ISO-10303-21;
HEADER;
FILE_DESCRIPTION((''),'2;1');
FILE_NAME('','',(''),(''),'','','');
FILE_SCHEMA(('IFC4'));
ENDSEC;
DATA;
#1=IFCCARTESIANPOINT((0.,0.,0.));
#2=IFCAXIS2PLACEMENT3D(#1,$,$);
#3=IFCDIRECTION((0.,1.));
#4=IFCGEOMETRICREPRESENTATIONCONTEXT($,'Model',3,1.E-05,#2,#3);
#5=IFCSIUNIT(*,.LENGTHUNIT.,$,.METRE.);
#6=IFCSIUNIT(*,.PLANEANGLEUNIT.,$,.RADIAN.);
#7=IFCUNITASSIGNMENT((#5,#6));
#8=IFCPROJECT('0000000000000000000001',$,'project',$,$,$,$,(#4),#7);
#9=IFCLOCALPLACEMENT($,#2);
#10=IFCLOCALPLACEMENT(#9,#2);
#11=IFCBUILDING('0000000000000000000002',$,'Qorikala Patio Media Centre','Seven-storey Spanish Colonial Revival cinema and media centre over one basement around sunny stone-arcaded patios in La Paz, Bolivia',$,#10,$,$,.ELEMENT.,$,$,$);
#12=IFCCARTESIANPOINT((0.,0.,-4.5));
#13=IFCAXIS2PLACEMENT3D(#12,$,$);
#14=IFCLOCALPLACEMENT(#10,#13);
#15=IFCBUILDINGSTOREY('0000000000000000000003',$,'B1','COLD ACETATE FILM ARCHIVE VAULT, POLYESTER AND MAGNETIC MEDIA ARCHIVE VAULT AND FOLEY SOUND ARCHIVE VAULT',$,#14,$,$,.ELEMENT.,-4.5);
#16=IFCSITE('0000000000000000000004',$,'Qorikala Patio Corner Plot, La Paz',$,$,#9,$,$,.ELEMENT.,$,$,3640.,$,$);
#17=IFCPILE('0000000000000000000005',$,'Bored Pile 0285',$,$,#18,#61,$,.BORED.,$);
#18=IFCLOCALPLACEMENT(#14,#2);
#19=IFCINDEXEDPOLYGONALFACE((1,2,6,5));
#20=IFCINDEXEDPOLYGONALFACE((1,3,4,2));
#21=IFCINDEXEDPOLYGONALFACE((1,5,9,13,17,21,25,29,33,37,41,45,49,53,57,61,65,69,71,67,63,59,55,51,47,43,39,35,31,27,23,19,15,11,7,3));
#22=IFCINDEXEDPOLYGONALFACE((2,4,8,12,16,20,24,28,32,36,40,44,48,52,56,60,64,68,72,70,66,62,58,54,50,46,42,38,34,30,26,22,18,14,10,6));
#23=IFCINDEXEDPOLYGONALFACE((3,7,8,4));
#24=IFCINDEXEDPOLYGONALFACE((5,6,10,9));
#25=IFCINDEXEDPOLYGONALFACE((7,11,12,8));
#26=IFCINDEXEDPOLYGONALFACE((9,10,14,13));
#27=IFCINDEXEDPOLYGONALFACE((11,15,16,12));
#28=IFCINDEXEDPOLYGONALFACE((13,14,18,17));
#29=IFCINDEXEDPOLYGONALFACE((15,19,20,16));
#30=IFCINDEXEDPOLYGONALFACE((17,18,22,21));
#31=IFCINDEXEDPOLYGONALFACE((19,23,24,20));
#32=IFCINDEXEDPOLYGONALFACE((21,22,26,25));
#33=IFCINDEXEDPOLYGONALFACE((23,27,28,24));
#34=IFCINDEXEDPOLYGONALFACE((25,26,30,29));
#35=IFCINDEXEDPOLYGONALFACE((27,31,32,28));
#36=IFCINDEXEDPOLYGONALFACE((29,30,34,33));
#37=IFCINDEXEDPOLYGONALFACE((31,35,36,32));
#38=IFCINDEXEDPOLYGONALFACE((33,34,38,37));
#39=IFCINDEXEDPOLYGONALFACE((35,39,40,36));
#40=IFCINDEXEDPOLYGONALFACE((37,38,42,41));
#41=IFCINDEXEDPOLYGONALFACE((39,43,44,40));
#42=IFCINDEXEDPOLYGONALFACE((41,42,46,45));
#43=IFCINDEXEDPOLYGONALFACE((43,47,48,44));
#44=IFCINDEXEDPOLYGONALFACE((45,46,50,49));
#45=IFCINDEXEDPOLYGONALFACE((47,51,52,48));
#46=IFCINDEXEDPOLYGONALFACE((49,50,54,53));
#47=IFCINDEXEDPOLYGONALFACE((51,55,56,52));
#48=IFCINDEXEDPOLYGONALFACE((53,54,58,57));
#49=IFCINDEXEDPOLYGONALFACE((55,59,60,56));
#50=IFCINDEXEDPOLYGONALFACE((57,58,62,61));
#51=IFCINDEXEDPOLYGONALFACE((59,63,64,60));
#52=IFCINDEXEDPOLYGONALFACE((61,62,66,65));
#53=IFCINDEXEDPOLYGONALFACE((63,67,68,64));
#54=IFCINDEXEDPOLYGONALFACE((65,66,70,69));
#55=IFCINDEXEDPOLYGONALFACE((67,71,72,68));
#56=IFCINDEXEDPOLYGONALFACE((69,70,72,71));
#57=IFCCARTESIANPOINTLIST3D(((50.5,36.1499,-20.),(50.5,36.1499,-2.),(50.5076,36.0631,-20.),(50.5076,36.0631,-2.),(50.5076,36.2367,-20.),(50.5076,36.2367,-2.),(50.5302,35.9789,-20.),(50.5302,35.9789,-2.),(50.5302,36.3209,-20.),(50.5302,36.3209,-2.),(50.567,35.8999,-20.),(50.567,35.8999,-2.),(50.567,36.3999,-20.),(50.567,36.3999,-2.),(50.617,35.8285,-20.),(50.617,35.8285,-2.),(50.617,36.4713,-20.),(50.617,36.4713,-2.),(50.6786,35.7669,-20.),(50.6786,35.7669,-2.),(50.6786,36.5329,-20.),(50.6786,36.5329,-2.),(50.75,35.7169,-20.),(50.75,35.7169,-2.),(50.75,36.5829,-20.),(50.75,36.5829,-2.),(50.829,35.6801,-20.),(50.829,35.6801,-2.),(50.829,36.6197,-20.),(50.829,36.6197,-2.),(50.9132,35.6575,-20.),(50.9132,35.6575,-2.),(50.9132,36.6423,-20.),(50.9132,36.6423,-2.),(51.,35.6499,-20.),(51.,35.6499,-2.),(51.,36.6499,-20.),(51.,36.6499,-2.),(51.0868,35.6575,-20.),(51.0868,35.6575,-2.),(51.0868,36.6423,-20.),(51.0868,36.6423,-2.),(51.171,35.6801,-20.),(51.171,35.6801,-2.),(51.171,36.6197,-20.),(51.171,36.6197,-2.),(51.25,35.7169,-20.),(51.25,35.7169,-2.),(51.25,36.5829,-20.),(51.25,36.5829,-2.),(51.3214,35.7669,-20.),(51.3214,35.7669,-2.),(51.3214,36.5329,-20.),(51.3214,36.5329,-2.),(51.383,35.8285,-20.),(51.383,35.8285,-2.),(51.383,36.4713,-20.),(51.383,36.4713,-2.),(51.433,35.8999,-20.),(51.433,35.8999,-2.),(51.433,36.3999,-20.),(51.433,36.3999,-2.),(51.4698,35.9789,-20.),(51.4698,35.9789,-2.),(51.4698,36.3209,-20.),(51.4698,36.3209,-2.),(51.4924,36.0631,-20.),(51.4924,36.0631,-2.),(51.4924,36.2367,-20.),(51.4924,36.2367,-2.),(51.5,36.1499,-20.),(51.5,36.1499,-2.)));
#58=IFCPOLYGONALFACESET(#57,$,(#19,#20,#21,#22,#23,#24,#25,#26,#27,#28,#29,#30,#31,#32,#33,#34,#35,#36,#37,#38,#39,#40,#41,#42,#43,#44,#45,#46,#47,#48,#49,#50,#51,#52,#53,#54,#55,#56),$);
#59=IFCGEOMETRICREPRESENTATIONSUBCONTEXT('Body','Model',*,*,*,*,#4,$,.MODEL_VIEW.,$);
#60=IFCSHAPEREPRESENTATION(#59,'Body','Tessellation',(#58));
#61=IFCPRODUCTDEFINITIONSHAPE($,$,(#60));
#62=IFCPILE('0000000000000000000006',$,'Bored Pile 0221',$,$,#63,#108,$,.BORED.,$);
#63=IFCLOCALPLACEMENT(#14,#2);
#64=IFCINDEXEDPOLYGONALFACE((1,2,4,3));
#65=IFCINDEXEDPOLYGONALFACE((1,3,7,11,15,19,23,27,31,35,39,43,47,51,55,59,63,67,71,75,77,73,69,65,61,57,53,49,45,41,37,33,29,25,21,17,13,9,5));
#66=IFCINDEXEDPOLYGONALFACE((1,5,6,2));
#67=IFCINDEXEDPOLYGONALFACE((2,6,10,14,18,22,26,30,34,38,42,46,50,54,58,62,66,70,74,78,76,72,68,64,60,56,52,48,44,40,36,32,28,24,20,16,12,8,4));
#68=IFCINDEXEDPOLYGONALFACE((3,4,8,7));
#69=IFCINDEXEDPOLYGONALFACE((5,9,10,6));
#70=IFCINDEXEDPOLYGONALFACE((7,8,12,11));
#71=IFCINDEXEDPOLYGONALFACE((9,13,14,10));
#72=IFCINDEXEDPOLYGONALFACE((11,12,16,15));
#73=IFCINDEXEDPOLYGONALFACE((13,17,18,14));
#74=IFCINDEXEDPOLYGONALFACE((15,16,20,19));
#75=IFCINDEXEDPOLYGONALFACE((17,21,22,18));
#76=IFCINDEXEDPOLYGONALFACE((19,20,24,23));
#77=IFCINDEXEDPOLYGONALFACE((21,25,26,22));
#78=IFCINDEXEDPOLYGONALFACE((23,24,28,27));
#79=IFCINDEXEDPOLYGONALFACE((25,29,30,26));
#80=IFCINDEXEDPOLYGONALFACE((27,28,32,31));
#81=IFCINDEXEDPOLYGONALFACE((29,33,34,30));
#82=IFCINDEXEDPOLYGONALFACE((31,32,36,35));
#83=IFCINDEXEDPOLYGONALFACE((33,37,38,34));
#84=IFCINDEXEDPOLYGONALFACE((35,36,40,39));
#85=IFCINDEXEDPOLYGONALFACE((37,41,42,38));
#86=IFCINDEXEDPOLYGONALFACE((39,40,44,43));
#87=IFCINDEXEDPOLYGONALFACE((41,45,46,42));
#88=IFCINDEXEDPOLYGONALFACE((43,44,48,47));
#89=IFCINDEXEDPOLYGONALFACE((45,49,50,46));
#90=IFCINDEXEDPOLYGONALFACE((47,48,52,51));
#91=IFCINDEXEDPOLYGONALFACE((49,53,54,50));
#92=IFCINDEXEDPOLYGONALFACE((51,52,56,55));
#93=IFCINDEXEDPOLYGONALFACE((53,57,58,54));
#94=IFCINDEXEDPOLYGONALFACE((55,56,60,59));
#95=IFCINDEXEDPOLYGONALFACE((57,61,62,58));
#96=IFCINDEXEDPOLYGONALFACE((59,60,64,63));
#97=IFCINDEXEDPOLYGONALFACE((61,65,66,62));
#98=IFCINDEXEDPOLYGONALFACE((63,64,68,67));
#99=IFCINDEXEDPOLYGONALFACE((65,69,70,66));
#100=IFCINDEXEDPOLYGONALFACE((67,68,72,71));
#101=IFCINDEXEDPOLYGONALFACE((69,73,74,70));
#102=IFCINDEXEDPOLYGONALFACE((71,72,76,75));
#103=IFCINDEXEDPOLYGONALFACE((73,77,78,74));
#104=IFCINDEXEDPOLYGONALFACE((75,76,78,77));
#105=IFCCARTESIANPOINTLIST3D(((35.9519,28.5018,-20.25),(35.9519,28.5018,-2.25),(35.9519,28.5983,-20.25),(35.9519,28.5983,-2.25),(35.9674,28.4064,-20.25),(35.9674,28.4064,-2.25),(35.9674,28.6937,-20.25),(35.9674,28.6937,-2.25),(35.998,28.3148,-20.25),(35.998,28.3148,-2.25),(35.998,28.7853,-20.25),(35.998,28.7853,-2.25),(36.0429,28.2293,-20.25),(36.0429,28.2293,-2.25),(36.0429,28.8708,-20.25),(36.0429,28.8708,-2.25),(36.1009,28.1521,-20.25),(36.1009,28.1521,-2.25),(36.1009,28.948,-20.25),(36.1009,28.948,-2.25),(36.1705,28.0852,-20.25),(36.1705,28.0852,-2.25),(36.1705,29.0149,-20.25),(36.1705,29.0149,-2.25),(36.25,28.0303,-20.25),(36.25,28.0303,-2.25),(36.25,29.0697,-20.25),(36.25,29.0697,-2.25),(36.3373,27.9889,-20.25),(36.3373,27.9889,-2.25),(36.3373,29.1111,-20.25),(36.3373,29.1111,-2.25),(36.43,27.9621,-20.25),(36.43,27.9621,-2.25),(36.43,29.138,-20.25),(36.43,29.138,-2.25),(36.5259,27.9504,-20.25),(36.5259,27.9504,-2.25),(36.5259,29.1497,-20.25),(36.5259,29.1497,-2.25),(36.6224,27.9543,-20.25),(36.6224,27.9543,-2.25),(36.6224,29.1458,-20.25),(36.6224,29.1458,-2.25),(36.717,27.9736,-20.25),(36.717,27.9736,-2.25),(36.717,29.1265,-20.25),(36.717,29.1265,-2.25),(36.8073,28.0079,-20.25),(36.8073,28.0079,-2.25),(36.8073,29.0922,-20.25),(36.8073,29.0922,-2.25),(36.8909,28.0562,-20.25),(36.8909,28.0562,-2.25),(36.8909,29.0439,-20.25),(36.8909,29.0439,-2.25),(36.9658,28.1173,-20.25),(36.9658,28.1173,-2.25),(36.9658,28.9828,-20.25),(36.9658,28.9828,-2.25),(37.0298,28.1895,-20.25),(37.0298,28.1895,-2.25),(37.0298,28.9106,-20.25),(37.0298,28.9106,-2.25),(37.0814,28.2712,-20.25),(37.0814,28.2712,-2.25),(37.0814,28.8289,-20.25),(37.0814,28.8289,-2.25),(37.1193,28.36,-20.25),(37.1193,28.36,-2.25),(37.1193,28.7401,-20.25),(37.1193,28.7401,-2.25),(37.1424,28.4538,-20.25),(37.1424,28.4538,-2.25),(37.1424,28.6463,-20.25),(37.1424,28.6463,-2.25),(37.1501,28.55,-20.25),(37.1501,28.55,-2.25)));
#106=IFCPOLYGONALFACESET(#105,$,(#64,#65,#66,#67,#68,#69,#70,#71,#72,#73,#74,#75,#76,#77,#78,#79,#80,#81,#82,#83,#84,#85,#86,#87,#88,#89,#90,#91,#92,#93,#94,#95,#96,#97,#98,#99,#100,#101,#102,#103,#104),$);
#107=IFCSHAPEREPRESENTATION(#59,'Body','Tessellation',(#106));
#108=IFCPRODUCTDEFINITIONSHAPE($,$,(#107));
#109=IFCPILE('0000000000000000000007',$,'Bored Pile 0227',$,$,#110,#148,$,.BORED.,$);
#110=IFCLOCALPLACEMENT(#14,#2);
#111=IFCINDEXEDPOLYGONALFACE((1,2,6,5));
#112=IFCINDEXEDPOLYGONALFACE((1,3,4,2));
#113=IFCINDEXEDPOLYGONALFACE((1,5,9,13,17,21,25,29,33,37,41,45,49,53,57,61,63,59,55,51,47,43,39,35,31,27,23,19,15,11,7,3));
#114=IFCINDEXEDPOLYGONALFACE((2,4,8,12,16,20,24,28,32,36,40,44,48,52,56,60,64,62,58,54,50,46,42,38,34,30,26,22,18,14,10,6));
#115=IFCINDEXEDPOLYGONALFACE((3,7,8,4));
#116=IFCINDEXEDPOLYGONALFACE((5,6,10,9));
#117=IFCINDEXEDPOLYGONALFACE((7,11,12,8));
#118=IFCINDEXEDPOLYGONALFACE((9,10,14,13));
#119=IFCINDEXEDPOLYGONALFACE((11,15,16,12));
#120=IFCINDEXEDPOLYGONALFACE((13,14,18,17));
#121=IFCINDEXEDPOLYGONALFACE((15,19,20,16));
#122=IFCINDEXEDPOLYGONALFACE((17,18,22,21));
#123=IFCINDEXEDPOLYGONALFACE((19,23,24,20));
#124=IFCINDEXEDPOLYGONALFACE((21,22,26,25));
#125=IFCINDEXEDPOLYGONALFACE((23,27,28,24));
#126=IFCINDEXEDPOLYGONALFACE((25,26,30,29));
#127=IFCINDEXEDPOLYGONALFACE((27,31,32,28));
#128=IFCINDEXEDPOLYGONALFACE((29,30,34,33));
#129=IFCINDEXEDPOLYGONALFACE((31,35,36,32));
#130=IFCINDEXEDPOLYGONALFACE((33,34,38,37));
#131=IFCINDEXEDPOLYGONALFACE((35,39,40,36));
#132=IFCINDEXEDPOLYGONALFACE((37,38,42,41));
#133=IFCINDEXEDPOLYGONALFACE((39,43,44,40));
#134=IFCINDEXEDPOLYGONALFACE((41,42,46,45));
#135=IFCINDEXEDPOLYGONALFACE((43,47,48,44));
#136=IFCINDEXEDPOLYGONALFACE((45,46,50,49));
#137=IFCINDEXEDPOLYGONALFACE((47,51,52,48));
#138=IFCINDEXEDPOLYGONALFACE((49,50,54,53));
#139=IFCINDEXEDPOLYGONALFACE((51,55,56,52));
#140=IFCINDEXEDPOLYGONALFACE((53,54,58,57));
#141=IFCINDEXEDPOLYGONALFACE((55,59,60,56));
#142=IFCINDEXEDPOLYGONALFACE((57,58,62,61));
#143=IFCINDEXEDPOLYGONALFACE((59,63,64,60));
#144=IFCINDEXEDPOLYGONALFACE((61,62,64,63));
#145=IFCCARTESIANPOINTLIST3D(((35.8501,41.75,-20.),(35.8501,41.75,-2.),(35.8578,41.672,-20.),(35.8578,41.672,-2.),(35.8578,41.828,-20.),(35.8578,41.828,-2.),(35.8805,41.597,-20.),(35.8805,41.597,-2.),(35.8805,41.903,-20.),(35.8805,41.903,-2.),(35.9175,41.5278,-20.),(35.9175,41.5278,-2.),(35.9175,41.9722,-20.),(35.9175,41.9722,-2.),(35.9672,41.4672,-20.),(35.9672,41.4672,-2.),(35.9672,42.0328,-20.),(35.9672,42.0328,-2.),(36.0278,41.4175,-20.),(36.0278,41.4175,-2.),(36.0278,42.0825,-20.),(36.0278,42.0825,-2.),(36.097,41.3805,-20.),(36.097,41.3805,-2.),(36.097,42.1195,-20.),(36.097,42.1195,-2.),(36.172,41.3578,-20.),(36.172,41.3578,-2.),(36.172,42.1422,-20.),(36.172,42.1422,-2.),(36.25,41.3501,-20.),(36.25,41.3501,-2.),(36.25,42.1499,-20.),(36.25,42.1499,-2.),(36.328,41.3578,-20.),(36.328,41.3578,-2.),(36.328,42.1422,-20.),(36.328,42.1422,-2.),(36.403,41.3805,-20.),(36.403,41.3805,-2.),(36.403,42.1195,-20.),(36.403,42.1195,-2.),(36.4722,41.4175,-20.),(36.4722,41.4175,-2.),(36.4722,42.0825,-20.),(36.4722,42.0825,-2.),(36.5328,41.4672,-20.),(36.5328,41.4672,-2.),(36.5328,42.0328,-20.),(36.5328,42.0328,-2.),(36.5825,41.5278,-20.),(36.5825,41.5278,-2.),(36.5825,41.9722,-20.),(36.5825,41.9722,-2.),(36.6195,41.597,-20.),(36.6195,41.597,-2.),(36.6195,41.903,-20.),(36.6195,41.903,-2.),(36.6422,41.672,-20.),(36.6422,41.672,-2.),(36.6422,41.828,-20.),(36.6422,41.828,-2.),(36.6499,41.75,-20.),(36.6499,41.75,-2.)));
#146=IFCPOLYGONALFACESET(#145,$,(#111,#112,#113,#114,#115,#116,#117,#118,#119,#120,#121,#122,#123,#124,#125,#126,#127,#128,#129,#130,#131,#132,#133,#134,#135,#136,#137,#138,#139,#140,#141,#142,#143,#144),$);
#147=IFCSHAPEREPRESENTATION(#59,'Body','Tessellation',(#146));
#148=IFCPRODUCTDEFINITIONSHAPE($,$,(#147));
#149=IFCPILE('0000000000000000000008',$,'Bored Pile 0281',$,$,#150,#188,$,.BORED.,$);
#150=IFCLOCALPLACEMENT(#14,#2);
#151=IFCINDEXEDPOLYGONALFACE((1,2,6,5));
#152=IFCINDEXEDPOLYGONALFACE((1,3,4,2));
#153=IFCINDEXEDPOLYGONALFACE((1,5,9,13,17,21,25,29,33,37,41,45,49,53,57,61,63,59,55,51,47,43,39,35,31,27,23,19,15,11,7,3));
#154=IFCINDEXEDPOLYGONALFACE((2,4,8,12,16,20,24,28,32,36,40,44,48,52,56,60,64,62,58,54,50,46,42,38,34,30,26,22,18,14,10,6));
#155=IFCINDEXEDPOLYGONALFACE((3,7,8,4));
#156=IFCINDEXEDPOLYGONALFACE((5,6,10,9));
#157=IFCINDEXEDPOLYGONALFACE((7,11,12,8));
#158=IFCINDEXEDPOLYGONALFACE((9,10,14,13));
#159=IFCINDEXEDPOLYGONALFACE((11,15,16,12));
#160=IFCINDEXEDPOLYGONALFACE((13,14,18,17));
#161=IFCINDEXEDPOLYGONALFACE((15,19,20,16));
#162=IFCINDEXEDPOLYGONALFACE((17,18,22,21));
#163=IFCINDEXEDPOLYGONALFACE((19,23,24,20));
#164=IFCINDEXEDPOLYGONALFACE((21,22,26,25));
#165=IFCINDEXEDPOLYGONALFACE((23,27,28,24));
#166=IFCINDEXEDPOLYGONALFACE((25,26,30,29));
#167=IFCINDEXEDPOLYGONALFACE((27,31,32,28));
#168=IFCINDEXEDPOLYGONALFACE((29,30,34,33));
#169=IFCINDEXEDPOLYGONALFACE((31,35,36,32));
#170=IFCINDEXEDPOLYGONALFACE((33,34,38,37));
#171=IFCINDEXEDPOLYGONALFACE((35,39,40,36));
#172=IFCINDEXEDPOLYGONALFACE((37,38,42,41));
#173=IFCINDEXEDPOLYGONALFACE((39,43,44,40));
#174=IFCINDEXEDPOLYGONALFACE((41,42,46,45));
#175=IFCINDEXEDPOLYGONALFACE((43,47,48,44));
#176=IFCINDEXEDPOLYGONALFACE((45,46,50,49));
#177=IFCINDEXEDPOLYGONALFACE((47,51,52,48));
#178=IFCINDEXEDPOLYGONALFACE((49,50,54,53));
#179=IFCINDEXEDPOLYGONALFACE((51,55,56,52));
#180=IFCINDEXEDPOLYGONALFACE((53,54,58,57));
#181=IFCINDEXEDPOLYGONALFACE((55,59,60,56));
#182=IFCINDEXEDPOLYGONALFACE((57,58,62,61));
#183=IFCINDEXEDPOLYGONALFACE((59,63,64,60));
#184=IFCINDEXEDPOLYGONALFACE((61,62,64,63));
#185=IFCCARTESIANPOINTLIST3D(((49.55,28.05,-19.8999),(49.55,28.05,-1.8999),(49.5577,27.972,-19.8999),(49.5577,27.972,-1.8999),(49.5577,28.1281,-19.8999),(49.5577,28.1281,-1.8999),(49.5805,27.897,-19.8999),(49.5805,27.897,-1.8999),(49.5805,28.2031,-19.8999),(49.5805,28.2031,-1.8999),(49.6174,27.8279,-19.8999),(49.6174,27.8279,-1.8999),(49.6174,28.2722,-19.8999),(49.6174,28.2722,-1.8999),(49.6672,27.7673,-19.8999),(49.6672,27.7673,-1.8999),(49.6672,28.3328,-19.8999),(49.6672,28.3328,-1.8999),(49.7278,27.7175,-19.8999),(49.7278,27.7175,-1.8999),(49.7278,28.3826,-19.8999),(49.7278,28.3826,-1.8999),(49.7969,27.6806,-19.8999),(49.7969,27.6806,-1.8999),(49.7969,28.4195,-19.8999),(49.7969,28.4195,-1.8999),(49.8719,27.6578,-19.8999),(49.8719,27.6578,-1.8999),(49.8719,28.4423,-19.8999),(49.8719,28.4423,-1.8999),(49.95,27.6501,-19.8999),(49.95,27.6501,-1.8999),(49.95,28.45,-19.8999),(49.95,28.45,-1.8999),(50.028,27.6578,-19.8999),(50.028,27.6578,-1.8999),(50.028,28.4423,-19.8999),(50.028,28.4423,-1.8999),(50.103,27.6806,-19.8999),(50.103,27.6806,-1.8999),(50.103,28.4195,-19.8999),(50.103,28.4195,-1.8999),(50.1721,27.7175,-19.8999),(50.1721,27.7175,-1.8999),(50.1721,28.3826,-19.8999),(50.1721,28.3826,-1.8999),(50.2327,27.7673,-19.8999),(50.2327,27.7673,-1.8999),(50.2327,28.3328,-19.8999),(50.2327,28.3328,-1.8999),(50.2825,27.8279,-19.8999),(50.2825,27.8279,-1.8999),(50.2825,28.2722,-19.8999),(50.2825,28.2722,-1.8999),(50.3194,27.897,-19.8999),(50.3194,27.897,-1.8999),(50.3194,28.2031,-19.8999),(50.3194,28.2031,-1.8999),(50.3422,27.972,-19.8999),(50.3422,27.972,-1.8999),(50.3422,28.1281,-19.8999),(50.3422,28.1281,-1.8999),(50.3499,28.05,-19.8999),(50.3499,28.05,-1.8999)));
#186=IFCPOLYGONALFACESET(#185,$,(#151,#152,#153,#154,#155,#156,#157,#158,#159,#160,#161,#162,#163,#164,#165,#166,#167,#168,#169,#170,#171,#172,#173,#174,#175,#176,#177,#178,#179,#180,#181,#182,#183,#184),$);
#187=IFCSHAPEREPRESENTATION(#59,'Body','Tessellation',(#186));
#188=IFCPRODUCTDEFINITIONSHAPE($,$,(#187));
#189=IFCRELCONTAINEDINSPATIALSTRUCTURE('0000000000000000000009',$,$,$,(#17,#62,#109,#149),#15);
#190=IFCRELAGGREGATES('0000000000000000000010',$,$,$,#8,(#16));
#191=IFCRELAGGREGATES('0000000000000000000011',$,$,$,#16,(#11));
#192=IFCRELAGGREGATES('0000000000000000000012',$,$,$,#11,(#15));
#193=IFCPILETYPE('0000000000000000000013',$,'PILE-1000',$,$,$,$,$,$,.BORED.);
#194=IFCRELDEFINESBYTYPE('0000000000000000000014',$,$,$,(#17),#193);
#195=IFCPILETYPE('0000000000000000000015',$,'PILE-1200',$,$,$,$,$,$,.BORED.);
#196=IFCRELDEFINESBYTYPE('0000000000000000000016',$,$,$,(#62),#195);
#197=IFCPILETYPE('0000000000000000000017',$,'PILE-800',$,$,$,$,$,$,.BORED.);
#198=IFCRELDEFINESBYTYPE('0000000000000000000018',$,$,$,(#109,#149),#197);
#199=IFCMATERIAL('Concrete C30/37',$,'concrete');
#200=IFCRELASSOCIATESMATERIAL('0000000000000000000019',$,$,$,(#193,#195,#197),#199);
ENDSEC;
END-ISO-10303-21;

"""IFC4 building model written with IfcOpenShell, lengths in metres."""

from ifc_helpers import new_model, si_unit, direction, frame, origin, origin_2d, place, context, subcontext, project, spatial, circle, extrude, material, material_profile, profile_set, type_object, element, save


model = new_model("IFC4")

# Units and contexts
model_context = context("Model", 3, precision=1e-05, world=origin(), true_north=direction((0.0, 1.0)))
body_context = subcontext(model_context, "Body", "Model", "MODEL_VIEW")
ifc_project = project(units=[si_unit("LENGTHUNIT", "METRE"), si_unit("PLANEANGLEUNIT", "RADIAN")], contexts=[model_context])

# Site, building, storey
site_placement = place(None, origin())
site = spatial("IfcSite", under=ifc_project, at=site_placement, Name="Qorikala Patio Corner Plot, La Paz", CompositionType="ELEMENT", RefElevation=3640.0)
building_placement = place(site_placement, origin())
building = spatial("IfcBuilding", under=site, at=building_placement, Name="Qorikala Patio Media Centre", Description="Seven-storey Spanish Colonial Revival cinema and media centre over one basement around sunny stone-arcaded patios in La Paz, Bolivia", CompositionType="ELEMENT")
storey_placement = place(building_placement, frame((0.0, 0.0, -4.5)))
storey = spatial("IfcBuildingStorey", under=building, at=storey_placement, Name="B1", Description="COLD ACETATE FILM ARCHIVE VAULT, POLYESTER AND MAGNETIC MEDIA ARCHIVE VAULT AND FOLEY SOUND ARCHIVE VAULT", CompositionType="ELEMENT", Elevation=-4.5)

# Shared definitions
ifc_material_1 = material(Name="Concrete C30/37", Category="concrete")

# Piles
ifc_material_profile_1 = material_profile(ifc_material_1, circle(Radius=0.5, at=origin_2d()), Name="BORED PILE 1000")
ifc_profile_set_1 = profile_set([ifc_material_profile_1], Name="Concrete C30/37")
pile_type_1 = type_object("IfcPileType", Name="PILE-1000", PredefinedType="BORED", material=ifc_profile_set_1)
for number, where, z_axis, x_axis, name in (
    (1, (51.0, 36.1499, -2.0), (0.0, 0.0, -1.0), (1.0, 0.0, 0.0), "Bored Pile 0285"),
):
    element("IfcPile", number, at=place(storey_placement, frame(where, z_axis=z_axis, x_axis=x_axis)), inside=storey, type_object=pile_type_1, Name=name, PredefinedType="BORED", context=body_context, shape_type="SweptSolid", body=[
        extrude(circle(Radius=0.5, at=origin_2d()), origin(), (0.0, 0.0, 1.0), 18.0),
    ])
ifc_material_profile_2 = material_profile(ifc_material_1, circle(Radius=0.6001, at=origin_2d()), Name="BORED PILE 1200")
ifc_profile_set_2 = profile_set([ifc_material_profile_2], Name="Concrete C30/37")
pile_type_2 = type_object("IfcPileType", Name="PILE-1200", PredefinedType="BORED", material=ifc_profile_set_2)
pile_placement = place(storey_placement, frame((36.55, 28.55, -2.25), z_axis=(0.0, 0.0, -1.0), x_axis=(1.0, 0.0, 0.0)))
element("IfcPile", 2, at=pile_placement, inside=storey, type_object=pile_type_2, Name="Bored Pile 0221", PredefinedType="BORED", context=body_context, shape_type="SweptSolid", body=[
    extrude(circle(Radius=0.6001, at=origin_2d()), origin(), (0.0, 0.0, 1.0), 18.0),
])
ifc_material_profile_3 = material_profile(ifc_material_1, circle(Radius=0.3999, at=origin_2d()), Name="BORED PILE 800")
ifc_profile_set_3 = profile_set([ifc_material_profile_3], Name="Concrete C30/37")
pile_type_3 = type_object("IfcPileType", Name="PILE-800", PredefinedType="BORED", material=ifc_profile_set_3)
for number, where, z_axis, x_axis, name in (
    (3, (36.25, 41.75, -2.0), (0.0, 0.0, -1.0), (1.0, 0.0, 0.0), "Bored Pile 0227"),
    (4, (49.95, 28.05, -1.8999), (0.0, 0.0, -1.0), (1.0, 0.0, 0.0), "Bored Pile 0281"),
):
    element("IfcPile", number, at=place(storey_placement, frame(where, z_axis=z_axis, x_axis=x_axis)), inside=storey, type_object=pile_type_3, Name=name, PredefinedType="BORED", context=body_context, shape_type="SweptSolid", body=[
        extrude(circle(Radius=0.3999, at=origin_2d()), origin(), (0.0, 0.0, 1.0), 18.0),
    ])

save(model, "model.ifc")
